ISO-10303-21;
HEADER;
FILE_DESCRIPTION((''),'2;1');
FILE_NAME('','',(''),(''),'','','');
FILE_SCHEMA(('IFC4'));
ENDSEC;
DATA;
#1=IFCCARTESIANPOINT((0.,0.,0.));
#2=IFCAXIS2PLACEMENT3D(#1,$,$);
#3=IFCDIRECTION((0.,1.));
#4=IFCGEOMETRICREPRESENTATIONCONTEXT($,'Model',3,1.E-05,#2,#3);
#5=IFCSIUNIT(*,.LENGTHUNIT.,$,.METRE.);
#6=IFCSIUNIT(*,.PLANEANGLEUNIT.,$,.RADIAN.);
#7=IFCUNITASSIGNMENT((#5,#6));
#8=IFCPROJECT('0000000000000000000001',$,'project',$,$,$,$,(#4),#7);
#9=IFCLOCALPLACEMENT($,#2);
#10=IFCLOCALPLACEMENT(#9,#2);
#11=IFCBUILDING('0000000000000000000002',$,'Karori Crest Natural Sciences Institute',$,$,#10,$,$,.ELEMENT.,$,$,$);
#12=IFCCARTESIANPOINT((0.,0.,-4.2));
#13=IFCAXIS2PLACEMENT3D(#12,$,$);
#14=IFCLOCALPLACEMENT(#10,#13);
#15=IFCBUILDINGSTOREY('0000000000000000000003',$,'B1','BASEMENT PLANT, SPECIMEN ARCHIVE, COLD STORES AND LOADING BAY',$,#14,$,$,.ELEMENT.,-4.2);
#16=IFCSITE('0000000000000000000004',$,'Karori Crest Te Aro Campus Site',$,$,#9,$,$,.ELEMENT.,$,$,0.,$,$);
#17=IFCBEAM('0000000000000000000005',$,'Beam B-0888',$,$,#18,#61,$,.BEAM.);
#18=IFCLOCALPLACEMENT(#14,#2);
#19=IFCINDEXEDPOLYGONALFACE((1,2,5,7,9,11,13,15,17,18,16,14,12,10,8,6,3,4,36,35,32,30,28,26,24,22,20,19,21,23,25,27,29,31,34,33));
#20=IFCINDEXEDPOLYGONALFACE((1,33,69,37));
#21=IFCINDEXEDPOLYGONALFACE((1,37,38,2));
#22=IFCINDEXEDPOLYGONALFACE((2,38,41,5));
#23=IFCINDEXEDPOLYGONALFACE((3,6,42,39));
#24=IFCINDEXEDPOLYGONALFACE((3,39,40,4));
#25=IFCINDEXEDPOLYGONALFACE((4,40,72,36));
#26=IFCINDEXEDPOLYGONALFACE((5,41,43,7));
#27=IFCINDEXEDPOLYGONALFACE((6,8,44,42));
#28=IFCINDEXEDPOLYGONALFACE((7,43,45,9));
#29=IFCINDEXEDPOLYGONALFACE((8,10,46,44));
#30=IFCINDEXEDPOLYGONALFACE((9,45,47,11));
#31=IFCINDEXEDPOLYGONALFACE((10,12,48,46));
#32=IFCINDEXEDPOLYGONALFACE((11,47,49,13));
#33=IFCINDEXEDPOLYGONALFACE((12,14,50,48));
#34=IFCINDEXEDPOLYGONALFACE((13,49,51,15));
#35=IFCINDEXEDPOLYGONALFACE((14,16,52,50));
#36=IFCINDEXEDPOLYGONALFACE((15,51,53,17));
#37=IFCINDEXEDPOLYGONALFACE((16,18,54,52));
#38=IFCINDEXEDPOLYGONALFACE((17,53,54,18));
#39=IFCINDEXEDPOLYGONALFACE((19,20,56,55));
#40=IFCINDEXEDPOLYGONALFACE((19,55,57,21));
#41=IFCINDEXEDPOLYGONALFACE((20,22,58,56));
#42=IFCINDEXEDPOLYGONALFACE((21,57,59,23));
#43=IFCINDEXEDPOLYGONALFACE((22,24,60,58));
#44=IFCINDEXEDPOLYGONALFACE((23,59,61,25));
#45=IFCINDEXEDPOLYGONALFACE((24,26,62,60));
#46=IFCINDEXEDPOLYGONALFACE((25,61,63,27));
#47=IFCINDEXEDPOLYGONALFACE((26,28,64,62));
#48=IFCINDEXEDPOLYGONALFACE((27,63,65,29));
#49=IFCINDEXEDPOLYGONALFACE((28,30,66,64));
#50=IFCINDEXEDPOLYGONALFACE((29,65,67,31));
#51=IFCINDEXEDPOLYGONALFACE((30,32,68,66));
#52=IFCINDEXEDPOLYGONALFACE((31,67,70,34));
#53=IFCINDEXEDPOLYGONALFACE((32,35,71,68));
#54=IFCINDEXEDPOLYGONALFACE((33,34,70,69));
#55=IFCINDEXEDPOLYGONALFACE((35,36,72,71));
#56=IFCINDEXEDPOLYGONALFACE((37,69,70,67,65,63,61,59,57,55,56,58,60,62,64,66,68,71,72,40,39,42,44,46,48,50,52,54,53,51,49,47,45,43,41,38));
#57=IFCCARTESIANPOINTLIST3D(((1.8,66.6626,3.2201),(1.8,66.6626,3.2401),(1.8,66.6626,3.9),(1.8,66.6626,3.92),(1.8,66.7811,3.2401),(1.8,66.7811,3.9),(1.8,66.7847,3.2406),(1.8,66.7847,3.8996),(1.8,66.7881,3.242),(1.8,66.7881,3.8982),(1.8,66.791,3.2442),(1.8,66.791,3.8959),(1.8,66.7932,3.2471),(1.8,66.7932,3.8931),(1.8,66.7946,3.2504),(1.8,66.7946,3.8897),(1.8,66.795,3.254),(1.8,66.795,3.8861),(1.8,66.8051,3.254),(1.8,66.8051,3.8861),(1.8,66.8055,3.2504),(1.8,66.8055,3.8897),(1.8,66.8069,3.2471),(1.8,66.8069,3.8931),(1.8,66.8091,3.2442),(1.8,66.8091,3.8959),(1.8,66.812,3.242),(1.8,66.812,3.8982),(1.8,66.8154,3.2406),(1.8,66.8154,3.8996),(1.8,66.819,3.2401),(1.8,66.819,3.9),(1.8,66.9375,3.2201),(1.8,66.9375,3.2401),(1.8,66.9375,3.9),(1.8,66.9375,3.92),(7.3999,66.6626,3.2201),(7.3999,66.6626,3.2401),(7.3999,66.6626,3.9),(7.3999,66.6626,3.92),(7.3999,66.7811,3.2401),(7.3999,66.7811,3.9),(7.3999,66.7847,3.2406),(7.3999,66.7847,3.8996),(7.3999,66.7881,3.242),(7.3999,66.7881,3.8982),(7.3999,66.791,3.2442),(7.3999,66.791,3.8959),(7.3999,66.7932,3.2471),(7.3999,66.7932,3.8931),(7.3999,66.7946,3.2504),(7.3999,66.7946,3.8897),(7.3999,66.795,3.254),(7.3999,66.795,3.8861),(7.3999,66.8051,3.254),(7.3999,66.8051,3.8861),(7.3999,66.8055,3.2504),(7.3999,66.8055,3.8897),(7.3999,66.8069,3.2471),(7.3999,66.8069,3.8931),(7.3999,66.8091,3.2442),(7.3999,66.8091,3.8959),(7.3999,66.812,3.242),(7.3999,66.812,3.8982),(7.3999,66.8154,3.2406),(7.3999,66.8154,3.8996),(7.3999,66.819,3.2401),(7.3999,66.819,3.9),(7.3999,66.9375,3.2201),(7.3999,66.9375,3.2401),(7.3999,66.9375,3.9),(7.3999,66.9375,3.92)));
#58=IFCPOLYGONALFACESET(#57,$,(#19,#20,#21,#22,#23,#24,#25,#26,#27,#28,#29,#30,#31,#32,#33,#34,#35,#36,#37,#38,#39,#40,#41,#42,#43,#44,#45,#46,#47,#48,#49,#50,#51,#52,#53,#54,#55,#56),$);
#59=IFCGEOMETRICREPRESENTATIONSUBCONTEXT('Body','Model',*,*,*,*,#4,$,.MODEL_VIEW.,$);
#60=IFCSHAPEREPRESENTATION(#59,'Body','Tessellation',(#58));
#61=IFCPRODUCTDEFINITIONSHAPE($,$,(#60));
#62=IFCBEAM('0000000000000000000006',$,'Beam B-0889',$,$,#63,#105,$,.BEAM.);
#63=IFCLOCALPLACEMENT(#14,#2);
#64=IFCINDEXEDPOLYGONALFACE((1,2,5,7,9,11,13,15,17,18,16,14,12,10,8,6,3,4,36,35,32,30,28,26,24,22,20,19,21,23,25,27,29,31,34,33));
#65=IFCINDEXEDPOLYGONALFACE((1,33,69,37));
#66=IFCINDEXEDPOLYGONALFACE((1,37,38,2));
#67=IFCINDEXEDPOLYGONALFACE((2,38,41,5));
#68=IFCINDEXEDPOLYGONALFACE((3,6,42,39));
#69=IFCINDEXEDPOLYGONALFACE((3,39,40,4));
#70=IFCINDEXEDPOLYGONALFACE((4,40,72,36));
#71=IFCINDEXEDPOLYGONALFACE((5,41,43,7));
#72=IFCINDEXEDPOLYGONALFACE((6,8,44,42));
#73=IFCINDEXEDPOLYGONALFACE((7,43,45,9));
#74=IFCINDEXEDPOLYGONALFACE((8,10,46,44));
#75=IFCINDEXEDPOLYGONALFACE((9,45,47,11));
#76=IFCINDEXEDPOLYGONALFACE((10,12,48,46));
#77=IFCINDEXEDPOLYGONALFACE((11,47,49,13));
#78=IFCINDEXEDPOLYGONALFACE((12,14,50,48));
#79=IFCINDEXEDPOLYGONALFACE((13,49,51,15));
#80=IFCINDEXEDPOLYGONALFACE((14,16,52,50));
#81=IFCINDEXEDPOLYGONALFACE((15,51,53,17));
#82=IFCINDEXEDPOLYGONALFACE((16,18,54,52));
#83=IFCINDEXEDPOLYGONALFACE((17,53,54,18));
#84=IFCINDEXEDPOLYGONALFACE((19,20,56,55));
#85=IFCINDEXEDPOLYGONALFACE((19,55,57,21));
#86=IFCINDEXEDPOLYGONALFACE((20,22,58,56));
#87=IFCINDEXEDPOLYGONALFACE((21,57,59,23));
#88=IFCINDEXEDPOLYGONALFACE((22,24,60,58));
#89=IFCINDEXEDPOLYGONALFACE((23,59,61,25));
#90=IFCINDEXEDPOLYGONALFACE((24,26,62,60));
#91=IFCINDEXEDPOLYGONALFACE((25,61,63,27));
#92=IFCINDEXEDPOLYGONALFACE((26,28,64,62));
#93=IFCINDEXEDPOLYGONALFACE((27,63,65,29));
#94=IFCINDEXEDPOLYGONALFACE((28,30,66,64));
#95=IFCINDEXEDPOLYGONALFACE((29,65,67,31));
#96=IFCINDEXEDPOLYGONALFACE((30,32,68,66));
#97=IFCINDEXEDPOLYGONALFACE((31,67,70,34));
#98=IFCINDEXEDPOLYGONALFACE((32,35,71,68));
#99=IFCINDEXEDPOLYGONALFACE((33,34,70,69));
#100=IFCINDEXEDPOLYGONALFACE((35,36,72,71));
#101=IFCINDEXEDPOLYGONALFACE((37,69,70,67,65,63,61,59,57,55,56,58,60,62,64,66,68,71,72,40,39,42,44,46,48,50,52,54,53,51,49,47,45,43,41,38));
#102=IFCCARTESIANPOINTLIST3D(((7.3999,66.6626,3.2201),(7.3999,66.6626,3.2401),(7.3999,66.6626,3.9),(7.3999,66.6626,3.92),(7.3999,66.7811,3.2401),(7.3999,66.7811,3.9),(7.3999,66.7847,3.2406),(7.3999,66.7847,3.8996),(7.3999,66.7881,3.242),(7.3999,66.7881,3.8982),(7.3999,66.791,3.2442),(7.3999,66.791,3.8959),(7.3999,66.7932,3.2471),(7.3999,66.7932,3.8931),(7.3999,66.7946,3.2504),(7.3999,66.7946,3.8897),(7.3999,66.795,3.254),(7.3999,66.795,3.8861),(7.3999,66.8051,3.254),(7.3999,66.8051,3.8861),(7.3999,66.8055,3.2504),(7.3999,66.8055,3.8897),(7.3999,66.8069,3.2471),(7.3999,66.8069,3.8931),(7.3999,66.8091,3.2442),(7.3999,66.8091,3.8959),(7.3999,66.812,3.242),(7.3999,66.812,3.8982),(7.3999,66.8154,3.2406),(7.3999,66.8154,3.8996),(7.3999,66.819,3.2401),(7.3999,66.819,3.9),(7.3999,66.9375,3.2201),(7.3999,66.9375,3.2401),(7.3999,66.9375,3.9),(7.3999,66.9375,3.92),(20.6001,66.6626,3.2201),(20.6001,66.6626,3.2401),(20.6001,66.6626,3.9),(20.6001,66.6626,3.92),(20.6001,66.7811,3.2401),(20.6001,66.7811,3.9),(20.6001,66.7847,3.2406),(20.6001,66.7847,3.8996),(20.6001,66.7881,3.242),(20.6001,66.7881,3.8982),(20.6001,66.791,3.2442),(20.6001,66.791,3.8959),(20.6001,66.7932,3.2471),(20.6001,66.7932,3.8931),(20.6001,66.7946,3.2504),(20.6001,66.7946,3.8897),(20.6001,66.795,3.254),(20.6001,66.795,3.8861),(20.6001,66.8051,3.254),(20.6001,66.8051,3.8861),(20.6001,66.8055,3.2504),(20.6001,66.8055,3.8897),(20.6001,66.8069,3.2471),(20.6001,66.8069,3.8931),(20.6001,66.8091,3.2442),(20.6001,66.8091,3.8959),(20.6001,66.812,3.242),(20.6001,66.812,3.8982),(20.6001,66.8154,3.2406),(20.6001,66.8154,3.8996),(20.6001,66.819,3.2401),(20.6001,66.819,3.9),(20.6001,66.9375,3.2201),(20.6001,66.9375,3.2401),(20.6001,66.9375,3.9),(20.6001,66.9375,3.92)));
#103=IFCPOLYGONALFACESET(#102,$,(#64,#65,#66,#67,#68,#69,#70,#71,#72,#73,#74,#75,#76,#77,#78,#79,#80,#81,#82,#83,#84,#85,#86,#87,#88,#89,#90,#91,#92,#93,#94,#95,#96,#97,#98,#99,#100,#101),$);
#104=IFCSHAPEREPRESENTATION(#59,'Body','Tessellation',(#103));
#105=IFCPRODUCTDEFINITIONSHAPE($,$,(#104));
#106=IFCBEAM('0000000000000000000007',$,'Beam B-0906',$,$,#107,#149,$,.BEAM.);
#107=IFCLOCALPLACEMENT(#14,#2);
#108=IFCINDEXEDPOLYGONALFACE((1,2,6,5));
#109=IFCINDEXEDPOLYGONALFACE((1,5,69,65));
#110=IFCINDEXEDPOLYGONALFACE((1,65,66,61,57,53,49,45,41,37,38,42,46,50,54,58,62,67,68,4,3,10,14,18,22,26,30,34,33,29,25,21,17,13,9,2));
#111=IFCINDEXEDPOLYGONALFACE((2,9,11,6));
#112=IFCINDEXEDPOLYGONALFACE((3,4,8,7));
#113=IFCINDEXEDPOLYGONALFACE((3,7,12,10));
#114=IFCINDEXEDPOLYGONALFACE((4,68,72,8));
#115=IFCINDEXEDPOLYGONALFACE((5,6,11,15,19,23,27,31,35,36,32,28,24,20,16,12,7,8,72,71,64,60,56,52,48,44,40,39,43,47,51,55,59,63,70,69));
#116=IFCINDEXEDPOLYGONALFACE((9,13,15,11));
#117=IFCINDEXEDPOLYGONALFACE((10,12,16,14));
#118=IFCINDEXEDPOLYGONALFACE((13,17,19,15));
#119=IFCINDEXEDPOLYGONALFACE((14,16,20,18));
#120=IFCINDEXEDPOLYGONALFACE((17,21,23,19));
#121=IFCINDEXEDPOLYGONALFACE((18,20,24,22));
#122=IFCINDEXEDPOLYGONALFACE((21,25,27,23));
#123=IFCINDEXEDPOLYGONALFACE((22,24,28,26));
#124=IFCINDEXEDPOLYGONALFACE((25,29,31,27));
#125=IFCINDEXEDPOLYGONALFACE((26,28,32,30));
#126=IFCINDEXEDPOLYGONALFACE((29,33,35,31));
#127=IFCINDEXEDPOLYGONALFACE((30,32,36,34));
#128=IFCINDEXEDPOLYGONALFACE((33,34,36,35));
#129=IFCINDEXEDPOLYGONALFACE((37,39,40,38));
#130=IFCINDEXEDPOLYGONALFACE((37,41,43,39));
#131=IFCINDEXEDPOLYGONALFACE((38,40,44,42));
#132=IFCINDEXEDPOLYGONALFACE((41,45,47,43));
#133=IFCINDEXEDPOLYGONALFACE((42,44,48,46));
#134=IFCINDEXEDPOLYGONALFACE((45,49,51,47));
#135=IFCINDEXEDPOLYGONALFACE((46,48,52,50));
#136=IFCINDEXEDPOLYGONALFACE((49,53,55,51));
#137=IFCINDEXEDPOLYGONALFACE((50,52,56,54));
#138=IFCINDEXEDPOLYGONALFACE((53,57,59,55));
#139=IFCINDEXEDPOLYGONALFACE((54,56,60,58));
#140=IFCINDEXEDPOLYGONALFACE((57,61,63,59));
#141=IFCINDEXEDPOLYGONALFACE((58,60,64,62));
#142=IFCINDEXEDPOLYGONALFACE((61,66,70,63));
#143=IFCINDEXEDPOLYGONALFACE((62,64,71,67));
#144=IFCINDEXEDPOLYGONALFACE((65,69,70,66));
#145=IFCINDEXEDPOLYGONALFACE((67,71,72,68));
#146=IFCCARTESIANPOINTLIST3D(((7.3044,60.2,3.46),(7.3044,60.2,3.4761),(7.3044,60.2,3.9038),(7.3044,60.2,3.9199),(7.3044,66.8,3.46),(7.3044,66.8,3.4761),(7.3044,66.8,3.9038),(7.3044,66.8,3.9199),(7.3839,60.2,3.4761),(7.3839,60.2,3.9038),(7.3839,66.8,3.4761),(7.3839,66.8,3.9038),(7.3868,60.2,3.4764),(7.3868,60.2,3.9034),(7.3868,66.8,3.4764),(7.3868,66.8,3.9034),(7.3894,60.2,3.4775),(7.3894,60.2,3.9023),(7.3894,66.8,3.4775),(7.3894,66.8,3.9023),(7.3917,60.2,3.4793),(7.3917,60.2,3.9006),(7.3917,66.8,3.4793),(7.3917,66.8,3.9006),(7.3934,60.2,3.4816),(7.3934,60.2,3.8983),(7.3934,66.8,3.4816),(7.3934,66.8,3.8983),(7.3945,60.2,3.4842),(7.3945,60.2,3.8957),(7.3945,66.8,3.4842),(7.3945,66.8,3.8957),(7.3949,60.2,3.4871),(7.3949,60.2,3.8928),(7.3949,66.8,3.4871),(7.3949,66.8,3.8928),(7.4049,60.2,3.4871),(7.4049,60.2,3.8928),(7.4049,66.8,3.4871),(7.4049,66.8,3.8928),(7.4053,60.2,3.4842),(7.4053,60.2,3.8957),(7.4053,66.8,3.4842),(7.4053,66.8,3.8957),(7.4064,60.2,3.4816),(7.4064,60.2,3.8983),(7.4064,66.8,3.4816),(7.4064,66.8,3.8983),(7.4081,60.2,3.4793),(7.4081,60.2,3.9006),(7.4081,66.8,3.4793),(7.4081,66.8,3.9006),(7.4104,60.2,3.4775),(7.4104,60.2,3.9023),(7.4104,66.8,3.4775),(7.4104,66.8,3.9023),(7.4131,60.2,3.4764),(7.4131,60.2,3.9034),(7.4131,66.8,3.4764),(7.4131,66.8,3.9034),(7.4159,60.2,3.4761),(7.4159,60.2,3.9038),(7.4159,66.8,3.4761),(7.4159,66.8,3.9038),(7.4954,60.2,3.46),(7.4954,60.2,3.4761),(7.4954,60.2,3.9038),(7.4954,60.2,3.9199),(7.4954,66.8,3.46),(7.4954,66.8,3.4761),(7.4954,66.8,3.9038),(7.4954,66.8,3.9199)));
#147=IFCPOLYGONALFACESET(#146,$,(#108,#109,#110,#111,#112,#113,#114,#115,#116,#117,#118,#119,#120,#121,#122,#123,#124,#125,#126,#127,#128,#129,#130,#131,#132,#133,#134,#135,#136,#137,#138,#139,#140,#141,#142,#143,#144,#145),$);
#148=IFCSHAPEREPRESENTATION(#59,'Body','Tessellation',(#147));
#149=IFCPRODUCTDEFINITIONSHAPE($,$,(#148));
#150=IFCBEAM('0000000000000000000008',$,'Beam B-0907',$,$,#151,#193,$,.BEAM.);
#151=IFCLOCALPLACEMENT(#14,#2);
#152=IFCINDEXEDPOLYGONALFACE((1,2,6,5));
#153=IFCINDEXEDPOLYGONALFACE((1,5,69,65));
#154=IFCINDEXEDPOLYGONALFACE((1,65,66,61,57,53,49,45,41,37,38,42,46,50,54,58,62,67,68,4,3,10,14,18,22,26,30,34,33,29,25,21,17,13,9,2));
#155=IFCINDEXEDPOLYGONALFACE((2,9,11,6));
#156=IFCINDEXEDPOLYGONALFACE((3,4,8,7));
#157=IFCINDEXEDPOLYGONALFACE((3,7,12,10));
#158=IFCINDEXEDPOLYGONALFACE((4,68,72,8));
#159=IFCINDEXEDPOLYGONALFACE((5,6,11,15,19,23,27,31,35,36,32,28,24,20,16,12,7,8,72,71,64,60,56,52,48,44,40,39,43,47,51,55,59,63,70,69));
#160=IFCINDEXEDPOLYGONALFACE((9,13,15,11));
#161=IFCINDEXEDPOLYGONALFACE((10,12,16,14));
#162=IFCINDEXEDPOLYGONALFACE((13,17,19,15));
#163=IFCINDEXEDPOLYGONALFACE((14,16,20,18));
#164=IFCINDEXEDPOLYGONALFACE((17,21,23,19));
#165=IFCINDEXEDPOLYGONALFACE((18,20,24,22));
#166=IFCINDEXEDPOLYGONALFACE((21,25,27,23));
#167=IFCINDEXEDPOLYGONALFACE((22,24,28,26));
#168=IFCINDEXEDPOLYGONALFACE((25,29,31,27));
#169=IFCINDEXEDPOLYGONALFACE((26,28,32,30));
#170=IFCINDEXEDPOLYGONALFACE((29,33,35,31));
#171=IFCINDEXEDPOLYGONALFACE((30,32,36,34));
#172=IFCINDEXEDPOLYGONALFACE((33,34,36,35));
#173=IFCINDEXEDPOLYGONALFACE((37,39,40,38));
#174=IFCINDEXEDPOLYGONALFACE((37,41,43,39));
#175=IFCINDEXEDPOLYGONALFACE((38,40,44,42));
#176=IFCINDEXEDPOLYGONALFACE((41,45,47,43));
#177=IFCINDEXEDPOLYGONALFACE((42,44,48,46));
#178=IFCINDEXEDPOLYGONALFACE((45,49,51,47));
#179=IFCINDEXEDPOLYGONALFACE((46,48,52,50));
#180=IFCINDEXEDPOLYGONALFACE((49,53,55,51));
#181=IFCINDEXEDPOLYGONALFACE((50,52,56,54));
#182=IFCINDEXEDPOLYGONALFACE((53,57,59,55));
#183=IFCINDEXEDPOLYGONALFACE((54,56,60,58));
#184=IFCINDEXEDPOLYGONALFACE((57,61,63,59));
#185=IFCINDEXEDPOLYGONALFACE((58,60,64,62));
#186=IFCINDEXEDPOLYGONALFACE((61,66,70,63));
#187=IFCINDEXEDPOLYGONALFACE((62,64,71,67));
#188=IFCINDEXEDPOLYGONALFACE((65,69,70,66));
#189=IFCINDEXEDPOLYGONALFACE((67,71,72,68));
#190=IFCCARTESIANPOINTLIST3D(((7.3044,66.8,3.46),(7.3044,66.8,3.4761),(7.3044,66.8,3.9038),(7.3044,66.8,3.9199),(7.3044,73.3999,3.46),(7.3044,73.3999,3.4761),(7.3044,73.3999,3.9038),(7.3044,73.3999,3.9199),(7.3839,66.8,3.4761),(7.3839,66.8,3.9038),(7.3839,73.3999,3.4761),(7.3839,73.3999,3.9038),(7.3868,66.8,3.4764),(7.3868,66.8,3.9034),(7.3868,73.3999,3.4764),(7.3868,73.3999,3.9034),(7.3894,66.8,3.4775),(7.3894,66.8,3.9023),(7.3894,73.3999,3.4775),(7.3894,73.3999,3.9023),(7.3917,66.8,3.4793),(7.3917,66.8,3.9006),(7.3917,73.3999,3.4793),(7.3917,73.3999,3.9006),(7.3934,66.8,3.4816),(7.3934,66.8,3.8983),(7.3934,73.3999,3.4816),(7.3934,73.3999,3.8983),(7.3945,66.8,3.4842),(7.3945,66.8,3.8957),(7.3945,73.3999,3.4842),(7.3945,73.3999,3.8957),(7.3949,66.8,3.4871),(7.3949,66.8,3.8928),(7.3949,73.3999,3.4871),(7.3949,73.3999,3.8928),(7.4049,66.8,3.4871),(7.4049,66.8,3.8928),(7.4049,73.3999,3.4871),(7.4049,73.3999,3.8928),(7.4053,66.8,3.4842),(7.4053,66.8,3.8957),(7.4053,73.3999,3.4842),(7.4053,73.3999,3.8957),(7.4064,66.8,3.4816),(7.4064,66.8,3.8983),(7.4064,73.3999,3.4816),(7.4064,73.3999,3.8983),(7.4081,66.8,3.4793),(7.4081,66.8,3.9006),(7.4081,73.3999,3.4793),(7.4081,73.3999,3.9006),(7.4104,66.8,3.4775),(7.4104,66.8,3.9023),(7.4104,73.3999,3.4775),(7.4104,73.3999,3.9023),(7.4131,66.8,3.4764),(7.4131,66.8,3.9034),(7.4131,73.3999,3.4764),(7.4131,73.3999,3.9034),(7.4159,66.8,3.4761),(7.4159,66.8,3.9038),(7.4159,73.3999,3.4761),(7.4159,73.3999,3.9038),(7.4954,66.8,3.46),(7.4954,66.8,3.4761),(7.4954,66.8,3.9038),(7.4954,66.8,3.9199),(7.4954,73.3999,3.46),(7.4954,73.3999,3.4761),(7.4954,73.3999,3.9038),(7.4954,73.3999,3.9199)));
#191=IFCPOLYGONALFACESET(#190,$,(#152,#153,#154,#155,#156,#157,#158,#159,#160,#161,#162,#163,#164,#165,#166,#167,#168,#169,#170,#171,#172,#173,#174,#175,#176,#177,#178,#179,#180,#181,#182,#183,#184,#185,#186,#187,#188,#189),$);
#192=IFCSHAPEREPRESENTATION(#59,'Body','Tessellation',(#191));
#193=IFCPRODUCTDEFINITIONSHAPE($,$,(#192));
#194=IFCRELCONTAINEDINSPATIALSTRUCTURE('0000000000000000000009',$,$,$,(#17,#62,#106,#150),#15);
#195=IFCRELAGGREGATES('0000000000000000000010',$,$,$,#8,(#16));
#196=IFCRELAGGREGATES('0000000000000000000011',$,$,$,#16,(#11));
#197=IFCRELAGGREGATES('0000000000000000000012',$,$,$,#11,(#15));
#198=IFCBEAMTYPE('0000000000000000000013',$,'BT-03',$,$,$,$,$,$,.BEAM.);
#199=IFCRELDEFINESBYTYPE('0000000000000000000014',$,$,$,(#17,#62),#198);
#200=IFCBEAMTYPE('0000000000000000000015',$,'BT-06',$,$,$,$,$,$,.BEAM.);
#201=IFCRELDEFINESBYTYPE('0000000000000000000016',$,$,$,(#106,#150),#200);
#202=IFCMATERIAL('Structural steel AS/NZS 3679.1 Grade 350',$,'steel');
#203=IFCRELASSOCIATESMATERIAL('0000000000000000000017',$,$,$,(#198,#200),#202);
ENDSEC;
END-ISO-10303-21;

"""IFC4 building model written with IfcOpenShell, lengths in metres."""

from ifc_helpers import new_model, si_unit, direction, frame, origin, origin_2d, place, context, subcontext, project, spatial, i_section, extrude, material, material_profile, profile_set, type_object, element, save


model = new_model("IFC4")

# Units and contexts
model_context = context("Model", 3, precision=1e-05, world=origin(), true_north=direction((0.0, 1.0)))
body_context = subcontext(model_context, "Body", "Model", "MODEL_VIEW")
ifc_project = project(units=[si_unit("LENGTHUNIT", "METRE"), si_unit("PLANEANGLEUNIT", "RADIAN")], contexts=[model_context])

# Site, building, storey
site_placement = place(None, origin())
site = spatial("IfcSite", under=ifc_project, at=site_placement, Name="Karori Crest Te Aro Campus Site", CompositionType="ELEMENT", RefElevation=0.0)
building_placement = place(site_placement, origin())
building = spatial("IfcBuilding", under=site, at=building_placement, Name="Karori Crest Natural Sciences Institute", CompositionType="ELEMENT")
storey_placement = place(building_placement, frame((0.0, 0.0, -4.2)))
storey = spatial("IfcBuildingStorey", under=building, at=storey_placement, Name="B1", Description="BASEMENT PLANT, SPECIMEN ARCHIVE, COLD STORES AND LOADING BAY", CompositionType="ELEMENT", Elevation=-4.2)

# Shared definitions
ifc_material_1 = material(Name="Structural steel AS/NZS 3679.1 Grade 350", Category="steel")

# Beams
ifc_material_profile_1 = material_profile(ifc_material_1, i_section(OverallWidth=0.2749, OverallDepth=0.7, WebThickness=0.01, FlangeThickness=0.02, FilletRadius=0.0139, at=origin_2d()), Name="700WB150")
ifc_profile_set_1 = profile_set([ifc_material_profile_1], Name="Structural steel AS/NZS 3679.1 Grade 350")
beam_type_1 = type_object("IfcBeamType", Name="BT-03", PredefinedType="BEAM", material=ifc_profile_set_1)
beam_1_placement = place(storey_placement, frame((1.8, 66.8, 3.5701), z_axis=(1.0, 0.0, 0.0), x_axis=(0.0, 1.0, 0.0)))
element("IfcBeam", 1, at=beam_1_placement, inside=storey, type_object=beam_type_1, Name="Beam B-0888", PredefinedType="BEAM", context=body_context, shape_type="SweptSolid", body=[
    extrude(i_section(OverallWidth=0.2749, OverallDepth=0.7, WebThickness=0.01, FlangeThickness=0.02, FilletRadius=0.0139, at=origin_2d()), origin(), (0.0, 0.0, 1.0), 5.5999),
])
beam_2_placement = place(storey_placement, frame((7.3999, 66.8, 3.5701), z_axis=(1.0, 0.0, 0.0), x_axis=(0.0, 1.0, 0.0)))
element("IfcBeam", 2, at=beam_2_placement, inside=storey, type_object=beam_type_1, Name="Beam B-0889", PredefinedType="BEAM", context=body_context, shape_type="SweptSolid", body=[
    extrude(i_section(OverallWidth=0.2749, OverallDepth=0.7, WebThickness=0.01, FlangeThickness=0.02, FilletRadius=0.0139, at=origin_2d()), origin(), (0.0, 0.0, 1.0), 13.2002),
])
ifc_material_profile_2 = material_profile(ifc_material_1, i_section(OverallWidth=0.1909, OverallDepth=0.46, WebThickness=0.01, FlangeThickness=0.0161, FilletRadius=0.011, at=origin_2d()), Name="460UB82.1")
ifc_profile_set_2 = profile_set([ifc_material_profile_2], Name="Structural steel AS/NZS 3679.1 Grade 350")
beam_type_2 = type_object("IfcBeamType", Name="BT-06", PredefinedType="BEAM", material=ifc_profile_set_2)
beam_3_placement = place(storey_placement, frame((7.3999, 60.2, 3.6899), z_axis=(0.0, 1.0, 0.0), x_axis=(-1.0, 0.0, 0.0)))
element("IfcBeam", 3, at=beam_3_placement, inside=storey, type_object=beam_type_2, Name="Beam B-0906", PredefinedType="BEAM", context=body_context, shape_type="SweptSolid", body=[
    extrude(i_section(OverallWidth=0.1909, OverallDepth=0.46, WebThickness=0.01, FlangeThickness=0.0161, FilletRadius=0.011, at=origin_2d()), origin(), (0.0, 0.0, 1.0), 6.6001),
])
beam_4_placement = place(storey_placement, frame((7.3999, 66.8, 3.6899), z_axis=(0.0, 1.0, 0.0), x_axis=(-1.0, 0.0, 0.0)))
element("IfcBeam", 4, at=beam_4_placement, inside=storey, type_object=beam_type_2, Name="Beam B-0907", PredefinedType="BEAM", context=body_context, shape_type="SweptSolid", body=[
    extrude(i_section(OverallWidth=0.1909, OverallDepth=0.46, WebThickness=0.01, FlangeThickness=0.0161, FilletRadius=0.011, at=origin_2d()), origin(), (0.0, 0.0, 1.0), 6.5999),
])

save(model, "model.ifc")
